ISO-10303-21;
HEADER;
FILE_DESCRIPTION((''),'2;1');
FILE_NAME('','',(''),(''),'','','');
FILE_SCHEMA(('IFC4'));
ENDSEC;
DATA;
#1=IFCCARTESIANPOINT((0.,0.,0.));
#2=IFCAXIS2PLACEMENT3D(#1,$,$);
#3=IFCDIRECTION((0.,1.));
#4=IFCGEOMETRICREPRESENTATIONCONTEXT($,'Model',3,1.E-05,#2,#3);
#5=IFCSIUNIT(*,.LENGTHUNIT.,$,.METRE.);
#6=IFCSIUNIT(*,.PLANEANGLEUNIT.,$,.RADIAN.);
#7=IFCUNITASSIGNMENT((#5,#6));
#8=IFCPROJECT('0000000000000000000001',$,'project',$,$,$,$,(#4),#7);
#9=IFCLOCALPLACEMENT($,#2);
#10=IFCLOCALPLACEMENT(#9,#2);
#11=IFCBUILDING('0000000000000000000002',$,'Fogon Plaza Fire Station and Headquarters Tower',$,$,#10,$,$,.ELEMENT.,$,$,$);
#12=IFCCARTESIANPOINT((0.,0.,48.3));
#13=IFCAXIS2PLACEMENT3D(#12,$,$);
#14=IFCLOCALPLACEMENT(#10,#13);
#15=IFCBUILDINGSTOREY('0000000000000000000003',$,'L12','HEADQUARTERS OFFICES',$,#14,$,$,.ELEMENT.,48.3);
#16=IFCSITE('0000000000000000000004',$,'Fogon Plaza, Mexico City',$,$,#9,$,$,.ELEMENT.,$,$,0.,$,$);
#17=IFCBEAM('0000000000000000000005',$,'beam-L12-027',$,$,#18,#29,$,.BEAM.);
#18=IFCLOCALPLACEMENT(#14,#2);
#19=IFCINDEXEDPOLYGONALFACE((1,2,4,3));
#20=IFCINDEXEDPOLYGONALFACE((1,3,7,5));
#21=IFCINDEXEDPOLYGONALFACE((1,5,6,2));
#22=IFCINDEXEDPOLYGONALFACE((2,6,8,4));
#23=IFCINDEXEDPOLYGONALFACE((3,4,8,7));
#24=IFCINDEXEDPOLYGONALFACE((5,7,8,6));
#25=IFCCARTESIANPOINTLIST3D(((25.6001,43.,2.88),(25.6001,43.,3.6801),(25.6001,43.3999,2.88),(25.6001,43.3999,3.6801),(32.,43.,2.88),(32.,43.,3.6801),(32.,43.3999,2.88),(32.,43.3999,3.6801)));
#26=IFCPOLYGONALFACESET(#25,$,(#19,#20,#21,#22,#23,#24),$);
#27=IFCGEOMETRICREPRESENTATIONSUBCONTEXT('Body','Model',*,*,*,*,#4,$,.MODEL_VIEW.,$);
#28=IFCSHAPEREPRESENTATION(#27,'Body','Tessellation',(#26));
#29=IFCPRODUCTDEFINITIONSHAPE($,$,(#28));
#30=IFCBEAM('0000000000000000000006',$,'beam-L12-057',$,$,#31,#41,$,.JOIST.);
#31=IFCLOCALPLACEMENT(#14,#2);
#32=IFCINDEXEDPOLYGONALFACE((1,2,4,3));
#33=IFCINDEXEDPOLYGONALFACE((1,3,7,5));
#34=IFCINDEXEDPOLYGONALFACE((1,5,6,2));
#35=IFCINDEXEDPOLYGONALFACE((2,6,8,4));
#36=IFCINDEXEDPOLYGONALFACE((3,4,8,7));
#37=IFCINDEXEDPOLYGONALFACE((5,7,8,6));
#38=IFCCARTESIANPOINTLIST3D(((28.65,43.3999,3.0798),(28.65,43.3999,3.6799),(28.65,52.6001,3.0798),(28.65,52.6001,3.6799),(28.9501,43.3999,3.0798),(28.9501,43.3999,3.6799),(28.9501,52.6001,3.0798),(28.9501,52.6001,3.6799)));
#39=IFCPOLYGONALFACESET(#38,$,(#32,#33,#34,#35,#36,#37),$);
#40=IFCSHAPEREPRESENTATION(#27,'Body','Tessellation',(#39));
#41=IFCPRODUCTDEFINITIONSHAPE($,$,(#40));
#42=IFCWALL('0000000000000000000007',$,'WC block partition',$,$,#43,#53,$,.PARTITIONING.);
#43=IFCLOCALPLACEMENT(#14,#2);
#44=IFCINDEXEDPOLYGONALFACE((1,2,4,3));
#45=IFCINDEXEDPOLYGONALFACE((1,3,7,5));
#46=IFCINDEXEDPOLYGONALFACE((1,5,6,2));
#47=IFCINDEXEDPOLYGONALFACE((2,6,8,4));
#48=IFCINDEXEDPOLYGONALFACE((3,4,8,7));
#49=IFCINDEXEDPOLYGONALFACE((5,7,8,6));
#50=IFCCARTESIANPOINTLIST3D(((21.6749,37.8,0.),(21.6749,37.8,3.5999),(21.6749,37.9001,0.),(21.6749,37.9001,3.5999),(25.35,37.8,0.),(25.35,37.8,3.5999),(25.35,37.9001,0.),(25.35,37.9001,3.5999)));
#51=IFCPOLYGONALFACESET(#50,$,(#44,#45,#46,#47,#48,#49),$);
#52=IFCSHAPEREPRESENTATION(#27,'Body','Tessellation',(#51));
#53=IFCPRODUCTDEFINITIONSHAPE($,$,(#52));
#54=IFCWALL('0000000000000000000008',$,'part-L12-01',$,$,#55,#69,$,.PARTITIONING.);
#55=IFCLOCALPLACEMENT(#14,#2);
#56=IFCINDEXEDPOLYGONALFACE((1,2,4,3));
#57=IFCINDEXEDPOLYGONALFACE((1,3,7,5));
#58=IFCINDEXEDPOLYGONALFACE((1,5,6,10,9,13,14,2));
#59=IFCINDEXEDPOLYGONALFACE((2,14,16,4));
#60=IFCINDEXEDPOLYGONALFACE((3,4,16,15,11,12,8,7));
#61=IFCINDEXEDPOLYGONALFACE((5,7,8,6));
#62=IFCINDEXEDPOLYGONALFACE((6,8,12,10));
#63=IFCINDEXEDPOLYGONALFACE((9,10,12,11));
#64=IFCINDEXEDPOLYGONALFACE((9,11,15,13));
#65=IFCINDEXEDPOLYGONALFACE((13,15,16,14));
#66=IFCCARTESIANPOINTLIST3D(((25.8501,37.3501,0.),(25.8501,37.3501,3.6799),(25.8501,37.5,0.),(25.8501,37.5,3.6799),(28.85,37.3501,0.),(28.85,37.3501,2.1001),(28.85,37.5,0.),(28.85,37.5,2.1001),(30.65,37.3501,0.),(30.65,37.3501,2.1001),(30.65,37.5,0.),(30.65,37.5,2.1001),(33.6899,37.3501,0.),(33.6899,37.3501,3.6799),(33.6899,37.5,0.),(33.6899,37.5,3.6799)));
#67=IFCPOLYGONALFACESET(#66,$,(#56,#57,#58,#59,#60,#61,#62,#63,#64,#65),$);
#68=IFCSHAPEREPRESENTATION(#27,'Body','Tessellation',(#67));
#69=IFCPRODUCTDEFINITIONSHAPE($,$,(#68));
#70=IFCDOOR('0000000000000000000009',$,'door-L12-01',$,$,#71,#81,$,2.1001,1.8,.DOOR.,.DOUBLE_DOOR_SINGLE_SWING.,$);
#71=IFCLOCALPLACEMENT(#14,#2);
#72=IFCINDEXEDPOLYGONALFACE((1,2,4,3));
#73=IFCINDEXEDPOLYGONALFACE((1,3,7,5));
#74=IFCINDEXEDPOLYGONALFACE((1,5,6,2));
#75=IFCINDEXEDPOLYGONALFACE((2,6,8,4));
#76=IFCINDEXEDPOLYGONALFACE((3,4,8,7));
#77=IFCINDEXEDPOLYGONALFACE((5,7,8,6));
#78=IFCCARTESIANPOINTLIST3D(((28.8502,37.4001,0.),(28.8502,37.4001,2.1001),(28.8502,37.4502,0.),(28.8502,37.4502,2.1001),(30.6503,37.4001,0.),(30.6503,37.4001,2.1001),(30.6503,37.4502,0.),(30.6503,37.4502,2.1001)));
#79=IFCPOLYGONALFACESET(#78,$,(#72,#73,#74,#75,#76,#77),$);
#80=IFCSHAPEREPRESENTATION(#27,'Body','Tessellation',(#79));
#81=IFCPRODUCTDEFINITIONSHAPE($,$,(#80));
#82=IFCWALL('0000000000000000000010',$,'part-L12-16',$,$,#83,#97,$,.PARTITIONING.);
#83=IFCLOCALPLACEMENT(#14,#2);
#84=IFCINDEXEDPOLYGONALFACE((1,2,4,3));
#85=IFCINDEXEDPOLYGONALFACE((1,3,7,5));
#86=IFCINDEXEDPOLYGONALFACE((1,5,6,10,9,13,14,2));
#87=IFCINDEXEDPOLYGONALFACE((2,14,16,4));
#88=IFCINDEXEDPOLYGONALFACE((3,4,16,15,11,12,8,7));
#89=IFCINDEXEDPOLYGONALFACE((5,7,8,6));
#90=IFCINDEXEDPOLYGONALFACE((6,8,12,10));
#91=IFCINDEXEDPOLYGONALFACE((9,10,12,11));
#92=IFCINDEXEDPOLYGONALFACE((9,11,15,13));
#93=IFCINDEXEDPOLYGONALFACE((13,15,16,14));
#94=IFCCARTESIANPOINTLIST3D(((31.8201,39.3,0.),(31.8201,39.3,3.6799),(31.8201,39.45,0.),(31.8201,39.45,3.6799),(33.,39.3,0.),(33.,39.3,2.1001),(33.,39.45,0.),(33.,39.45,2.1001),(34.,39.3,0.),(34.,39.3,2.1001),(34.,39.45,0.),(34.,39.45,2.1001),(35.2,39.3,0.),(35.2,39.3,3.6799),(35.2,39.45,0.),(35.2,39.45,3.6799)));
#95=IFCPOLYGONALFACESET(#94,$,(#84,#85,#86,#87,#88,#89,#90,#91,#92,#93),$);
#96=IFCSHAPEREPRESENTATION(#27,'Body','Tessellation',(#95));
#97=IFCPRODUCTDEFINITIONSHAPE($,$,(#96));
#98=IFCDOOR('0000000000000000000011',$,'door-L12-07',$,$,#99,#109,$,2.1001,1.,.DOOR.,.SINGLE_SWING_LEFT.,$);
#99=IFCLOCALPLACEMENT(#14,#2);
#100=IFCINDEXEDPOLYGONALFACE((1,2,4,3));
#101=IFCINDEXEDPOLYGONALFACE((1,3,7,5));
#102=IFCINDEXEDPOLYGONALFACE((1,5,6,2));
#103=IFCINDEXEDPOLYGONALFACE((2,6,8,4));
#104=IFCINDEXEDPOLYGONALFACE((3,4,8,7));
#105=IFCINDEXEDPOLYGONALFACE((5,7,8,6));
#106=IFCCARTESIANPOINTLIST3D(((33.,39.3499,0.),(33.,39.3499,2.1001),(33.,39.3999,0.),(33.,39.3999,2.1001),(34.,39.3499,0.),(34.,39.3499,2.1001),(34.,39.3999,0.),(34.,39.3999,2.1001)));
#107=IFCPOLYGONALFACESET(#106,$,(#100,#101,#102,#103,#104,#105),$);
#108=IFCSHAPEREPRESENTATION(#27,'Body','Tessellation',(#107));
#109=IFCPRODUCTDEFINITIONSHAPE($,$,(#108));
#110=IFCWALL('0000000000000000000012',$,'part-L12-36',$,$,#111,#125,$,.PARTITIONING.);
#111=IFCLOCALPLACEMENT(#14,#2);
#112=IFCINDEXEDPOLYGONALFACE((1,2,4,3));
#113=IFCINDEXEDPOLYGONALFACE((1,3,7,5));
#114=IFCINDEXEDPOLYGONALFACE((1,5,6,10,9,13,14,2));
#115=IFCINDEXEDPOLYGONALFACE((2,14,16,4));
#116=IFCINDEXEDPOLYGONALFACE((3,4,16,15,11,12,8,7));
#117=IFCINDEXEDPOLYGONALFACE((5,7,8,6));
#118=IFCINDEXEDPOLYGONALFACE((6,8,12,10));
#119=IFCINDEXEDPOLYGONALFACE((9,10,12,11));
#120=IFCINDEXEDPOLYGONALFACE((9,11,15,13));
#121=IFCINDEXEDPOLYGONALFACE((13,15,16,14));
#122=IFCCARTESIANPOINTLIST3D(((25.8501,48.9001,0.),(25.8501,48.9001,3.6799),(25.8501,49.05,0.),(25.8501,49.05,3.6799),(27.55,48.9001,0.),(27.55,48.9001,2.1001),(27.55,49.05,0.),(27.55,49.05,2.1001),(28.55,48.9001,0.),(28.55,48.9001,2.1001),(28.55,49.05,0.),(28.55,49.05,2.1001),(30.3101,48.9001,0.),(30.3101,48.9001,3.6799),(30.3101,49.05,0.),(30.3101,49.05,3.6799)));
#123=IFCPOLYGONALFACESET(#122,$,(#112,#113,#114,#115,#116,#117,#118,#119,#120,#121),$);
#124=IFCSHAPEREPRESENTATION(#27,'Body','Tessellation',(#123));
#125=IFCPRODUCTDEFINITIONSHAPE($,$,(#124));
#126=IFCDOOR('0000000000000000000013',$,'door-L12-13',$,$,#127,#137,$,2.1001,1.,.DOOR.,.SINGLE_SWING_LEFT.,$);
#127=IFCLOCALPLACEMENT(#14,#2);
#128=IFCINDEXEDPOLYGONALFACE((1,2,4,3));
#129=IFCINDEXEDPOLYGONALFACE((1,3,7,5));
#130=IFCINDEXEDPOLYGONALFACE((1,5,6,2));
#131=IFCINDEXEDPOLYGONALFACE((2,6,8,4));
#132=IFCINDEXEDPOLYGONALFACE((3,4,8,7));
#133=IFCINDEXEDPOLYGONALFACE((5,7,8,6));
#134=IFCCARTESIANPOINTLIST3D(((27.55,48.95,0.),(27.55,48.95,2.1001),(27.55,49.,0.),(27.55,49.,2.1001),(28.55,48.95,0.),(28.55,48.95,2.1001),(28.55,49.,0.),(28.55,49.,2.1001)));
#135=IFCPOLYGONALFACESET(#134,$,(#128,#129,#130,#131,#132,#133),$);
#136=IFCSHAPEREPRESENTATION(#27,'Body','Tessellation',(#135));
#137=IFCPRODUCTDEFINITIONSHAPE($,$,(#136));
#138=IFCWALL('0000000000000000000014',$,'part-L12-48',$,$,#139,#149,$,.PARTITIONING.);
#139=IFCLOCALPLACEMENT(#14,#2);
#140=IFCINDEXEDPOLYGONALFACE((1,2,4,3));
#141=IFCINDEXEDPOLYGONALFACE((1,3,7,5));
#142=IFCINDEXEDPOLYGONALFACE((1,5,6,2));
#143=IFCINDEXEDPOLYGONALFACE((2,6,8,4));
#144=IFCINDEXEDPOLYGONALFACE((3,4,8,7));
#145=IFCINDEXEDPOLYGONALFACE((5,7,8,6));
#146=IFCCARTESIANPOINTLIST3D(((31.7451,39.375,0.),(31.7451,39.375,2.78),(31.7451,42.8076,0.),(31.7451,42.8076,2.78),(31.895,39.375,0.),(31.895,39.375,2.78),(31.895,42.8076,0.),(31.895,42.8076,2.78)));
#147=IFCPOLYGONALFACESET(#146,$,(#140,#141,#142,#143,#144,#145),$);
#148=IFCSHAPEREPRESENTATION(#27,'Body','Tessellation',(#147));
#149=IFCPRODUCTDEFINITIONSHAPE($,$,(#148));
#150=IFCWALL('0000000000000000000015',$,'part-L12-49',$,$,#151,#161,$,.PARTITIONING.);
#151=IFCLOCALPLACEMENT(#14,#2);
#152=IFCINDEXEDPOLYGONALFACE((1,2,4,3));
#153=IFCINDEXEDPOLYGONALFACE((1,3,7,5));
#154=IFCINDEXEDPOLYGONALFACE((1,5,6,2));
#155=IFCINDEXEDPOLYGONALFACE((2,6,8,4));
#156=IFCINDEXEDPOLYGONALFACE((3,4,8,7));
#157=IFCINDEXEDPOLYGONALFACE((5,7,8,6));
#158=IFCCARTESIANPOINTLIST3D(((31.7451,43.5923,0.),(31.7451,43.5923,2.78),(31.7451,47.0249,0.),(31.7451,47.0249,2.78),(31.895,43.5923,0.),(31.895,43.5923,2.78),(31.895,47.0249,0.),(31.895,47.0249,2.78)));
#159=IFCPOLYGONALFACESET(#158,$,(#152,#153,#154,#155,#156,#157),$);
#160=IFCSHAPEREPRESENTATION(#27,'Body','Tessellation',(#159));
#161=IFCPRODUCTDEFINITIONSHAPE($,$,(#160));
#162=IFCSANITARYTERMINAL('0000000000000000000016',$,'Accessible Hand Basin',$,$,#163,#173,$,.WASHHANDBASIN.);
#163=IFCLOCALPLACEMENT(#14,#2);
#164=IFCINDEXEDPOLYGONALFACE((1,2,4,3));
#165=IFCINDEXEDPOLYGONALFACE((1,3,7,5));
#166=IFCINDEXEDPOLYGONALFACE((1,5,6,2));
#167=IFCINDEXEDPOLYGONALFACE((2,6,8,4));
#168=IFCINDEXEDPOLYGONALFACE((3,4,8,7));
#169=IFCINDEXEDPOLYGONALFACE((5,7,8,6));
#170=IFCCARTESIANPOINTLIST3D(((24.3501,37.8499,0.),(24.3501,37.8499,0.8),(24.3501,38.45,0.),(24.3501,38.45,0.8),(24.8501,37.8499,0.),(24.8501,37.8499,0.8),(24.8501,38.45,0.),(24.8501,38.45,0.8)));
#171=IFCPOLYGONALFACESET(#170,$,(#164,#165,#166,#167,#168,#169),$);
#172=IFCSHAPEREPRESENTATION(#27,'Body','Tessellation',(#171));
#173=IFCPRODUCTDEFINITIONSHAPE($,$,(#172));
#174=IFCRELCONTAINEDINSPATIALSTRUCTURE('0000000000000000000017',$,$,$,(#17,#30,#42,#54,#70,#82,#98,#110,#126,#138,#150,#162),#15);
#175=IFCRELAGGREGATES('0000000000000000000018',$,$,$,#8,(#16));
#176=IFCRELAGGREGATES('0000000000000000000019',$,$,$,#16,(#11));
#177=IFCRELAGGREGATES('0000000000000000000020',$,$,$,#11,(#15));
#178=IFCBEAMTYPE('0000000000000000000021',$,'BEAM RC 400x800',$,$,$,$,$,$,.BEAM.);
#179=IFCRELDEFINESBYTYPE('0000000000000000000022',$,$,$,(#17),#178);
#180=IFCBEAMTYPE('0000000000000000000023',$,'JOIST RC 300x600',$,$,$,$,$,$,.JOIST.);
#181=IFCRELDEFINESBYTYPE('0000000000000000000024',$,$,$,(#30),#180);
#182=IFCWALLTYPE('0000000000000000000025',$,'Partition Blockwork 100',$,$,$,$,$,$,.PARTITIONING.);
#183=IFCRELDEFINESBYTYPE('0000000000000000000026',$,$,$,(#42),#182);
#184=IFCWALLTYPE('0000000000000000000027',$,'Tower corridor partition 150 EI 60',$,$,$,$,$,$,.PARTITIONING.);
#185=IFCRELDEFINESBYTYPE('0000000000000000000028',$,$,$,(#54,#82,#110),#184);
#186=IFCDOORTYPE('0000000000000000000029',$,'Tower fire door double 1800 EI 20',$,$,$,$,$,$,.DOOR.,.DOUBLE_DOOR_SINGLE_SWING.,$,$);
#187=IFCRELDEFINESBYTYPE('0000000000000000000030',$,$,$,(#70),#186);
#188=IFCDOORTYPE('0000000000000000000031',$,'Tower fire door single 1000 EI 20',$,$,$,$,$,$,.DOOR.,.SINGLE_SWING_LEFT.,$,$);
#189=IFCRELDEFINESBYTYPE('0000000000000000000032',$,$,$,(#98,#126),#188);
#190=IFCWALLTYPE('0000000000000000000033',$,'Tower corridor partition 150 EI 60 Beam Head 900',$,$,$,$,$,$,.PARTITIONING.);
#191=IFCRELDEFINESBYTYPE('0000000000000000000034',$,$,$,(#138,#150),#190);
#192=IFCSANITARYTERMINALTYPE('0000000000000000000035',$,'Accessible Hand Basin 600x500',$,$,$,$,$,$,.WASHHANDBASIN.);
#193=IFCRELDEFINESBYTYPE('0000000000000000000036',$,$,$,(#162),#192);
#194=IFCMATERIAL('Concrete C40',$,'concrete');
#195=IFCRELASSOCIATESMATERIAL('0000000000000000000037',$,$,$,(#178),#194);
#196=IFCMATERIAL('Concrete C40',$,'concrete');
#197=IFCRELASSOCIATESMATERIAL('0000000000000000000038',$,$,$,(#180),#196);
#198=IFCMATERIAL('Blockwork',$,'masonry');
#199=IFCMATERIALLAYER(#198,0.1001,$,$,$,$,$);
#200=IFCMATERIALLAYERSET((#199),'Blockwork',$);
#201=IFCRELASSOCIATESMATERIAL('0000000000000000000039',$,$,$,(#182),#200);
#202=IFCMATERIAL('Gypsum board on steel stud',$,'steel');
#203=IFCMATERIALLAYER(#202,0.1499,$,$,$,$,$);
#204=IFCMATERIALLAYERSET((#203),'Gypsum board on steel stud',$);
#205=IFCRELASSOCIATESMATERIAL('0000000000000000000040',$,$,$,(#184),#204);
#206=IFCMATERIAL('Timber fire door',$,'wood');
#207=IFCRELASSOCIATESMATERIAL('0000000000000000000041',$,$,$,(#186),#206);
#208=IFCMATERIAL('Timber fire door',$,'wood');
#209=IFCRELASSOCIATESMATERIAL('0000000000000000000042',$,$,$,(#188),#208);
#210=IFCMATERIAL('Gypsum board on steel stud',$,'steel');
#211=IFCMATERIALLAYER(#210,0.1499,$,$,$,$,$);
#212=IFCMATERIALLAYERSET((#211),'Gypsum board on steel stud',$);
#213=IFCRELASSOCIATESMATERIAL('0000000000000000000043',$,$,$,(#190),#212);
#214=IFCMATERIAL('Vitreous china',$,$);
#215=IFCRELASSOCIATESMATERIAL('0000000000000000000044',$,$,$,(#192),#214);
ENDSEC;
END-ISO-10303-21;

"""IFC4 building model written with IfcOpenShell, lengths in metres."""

from ifc_helpers import new_model, si_unit, direction, frame, frame_2d, origin, origin_2d, place, context, subcontext, project, spatial, rectangle, extrude, material, layer, layer_set, material_profile, profile_set, type_object, element, fill, save


model = new_model("IFC4")

# Units and contexts
model_context = context("Model", 3, precision=1e-05, world=origin(), true_north=direction((0.0, 1.0)))
body_context = subcontext(model_context, "Body", "Model", "MODEL_VIEW")
ifc_project = project(units=[si_unit("LENGTHUNIT", "METRE"), si_unit("PLANEANGLEUNIT", "RADIAN")], contexts=[model_context])

# Site, building, storey
site_placement = place(None, origin())
site = spatial("IfcSite", under=ifc_project, at=site_placement, Name="Fogon Plaza, Mexico City", CompositionType="ELEMENT", RefElevation=0.0)
building_placement = place(site_placement, origin())
building = spatial("IfcBuilding", under=site, at=building_placement, Name="Fogon Plaza Fire Station and Headquarters Tower", CompositionType="ELEMENT")
storey_placement = place(building_placement, frame((0.0, 0.0, 48.3)))
storey = spatial("IfcBuildingStorey", under=building, at=storey_placement, Name="L12", Description="HEADQUARTERS OFFICES", CompositionType="ELEMENT", Elevation=48.3)

# Beams
ifc_material_1 = material(Name="Concrete C40", Category="concrete")
ifc_material_profile_1 = material_profile(ifc_material_1, rectangle(XDim=0.3999, YDim=0.8, at=origin_2d()), Name="RC 400x800")
ifc_profile_set_1 = profile_set([ifc_material_profile_1], Name="Concrete C40")
beam_type_1 = type_object("IfcBeamType", Name="BEAM RC 400x800", PredefinedType="BEAM", material=ifc_profile_set_1)
beam_1_placement = place(storey_placement, frame((25.6001, 43.2, 3.28), z_axis=(1.0, 0.0, 0.0), x_axis=(0.0, 1.0, 0.0)))
element("IfcBeam", 1, at=beam_1_placement, inside=storey, type_object=beam_type_1, Name="beam-L12-027", PredefinedType="BEAM", context=body_context, shape_type="SweptSolid", body=[
    extrude(rectangle(XDim=0.3999, YDim=0.8, at=origin_2d()), origin(), (0.0, 0.0, 1.0), 6.3999),
])
ifc_material_2 = material(Name="Concrete C40", Category="concrete")
ifc_material_profile_2 = material_profile(ifc_material_2, rectangle(XDim=0.3, YDim=0.6001, at=origin_2d()), Name="RC 300x600")
ifc_profile_set_2 = profile_set([ifc_material_profile_2], Name="Concrete C40")
beam_type_2 = type_object("IfcBeamType", Name="JOIST RC 300x600", PredefinedType="JOIST", material=ifc_profile_set_2)
beam_2_placement = place(storey_placement, frame((28.8, 43.3999, 3.3799), z_axis=(0.0, 1.0, 0.0), x_axis=(-1.0, 0.0, 0.0)))
element("IfcBeam", 2, at=beam_2_placement, inside=storey, type_object=beam_type_2, Name="beam-L12-057", PredefinedType="JOIST", context=body_context, shape_type="SweptSolid", body=[
    extrude(rectangle(XDim=0.3, YDim=0.6001, at=origin_2d()), origin(), (0.0, 0.0, 1.0), 9.2002),
])

# Wall
ifc_material_3 = material(Name="Blockwork", Category="masonry")
ifc_layer_1 = layer(ifc_material_3, 0.1001)
ifc_layer_set_1 = layer_set([ifc_layer_1], Name="Blockwork")
wall_type_1 = type_object("IfcWallType", Name="Partition Blockwork 100", PredefinedType="PARTITIONING", material=ifc_layer_set_1)
wall_1_placement = place(storey_placement, frame((21.675, 37.8501, 0.0), z_axis=(0.0, 0.0, 1.0), x_axis=(1.0, 0.0, 0.0)))
element("IfcWall", 3, at=wall_1_placement, inside=storey, type_object=wall_type_1, Name="WC block partition", PredefinedType="PARTITIONING", context=body_context, shape_type="SweptSolid", body=[
    extrude(rectangle(XDim=3.675, YDim=0.1001, at=frame_2d((1.8374, 0.0))), origin(), (0.0, 0.0, 1.0), 3.5999),
])

# Walls, openings, doors
ifc_material_4 = material(Name="Gypsum board on steel stud", Category="steel")
ifc_layer_2 = layer(ifc_material_4, 0.1499)
ifc_layer_set_2 = layer_set([ifc_layer_2], Name="Gypsum board on steel stud")
wall_type_2 = type_object("IfcWallType", Name="Tower corridor partition 150 EI 60", PredefinedType="PARTITIONING", material=ifc_layer_set_2)
wall_2_placement = place(storey_placement, frame((25.8501, 37.425, 0.0), z_axis=(0.0, 0.0, 1.0), x_axis=(1.0, 0.0, 0.0)))
wall_2 = element("IfcWall", 4, at=wall_2_placement, inside=storey, type_object=wall_type_2, Name="part-L12-01", PredefinedType="PARTITIONING", context=body_context, shape_type="SweptSolid", body=[
    extrude(rectangle(XDim=7.8398, YDim=0.1499, at=frame_2d((3.9199, 0.0))), origin(), (0.0, 0.0, 1.0), 3.6799),
])
opening_1_placement = place(wall_2_placement, frame((3.0, 0.0, 0.0)))
opening_1 = element("IfcOpeningElement", 5, at=opening_1_placement, cuts=wall_2, PredefinedType="OPENING", context=body_context, shape_type="SweptSolid", body=[
    extrude(rectangle(XDim=1.8, YDim=2.1001, at=frame_2d((0.8999, 1.05))), frame((0.0, 0.085, 0.0), z_axis=(0.0, -1.0, 0.0), x_axis=(1.0, 0.0, 0.0)), (0.0, 0.0, 1.0), 0.1699),
])
ifc_material_5 = material(Name="Timber fire door", Category="wood")
door_type_1 = type_object("IfcDoorType", Name="Tower fire door double 1800 EI 20", OperationType="DOUBLE_DOOR_SINGLE_SWING", PredefinedType="DOOR", material=ifc_material_5)
door_1_placement = place(opening_1_placement, frame((1.8, 0.0, 0.0), z_axis=(0.0, 0.0, 1.0), x_axis=(-1.0, 0.0, 0.0)))
door_1 = element("IfcDoor", 6, at=door_1_placement, inside=storey, type_object=door_type_1, Name="door-L12-01", OperationType="DOUBLE_DOOR_SINGLE_SWING", OverallHeight=2.1001, OverallWidth=1.8, PredefinedType="DOOR", context=body_context, shape_type="SweptSolid", body=[
    extrude(rectangle(XDim=1.8, YDim=2.1001, at=frame_2d((0.8999, 1.05))), frame((0.0, 0.0249, 0.0), z_axis=(0.0, -1.0, 0.0), x_axis=(1.0, 0.0, 0.0)), (0.0, 0.0, 1.0), 0.05),
])
fill(opening_1, door_1)
wall_3_placement = place(storey_placement, frame((31.8201, 39.375, 0.0), z_axis=(0.0, 0.0, 1.0), x_axis=(1.0, 0.0, 0.0)))
wall_3 = element("IfcWall", 7, at=wall_3_placement, inside=storey, type_object=wall_type_2, Name="part-L12-16", PredefinedType="PARTITIONING", context=body_context, shape_type="SweptSolid", body=[
    extrude(rectangle(XDim=3.3799, YDim=0.1499, at=frame_2d((1.6899, 0.0))), origin(), (0.0, 0.0, 1.0), 3.6799),
])
opening_2_placement = place(wall_3_placement, frame((1.1799, 0.0, 0.0)))
opening_2 = element("IfcOpeningElement", 8, at=opening_2_placement, cuts=wall_3, PredefinedType="OPENING", context=body_context, shape_type="SweptSolid", body=[
    extrude(rectangle(XDim=1.0, YDim=2.1001, at=frame_2d((0.5, 1.05))), frame((0.0, 0.085, 0.0), z_axis=(0.0, -1.0, 0.0), x_axis=(1.0, 0.0, 0.0)), (0.0, 0.0, 1.0), 0.1699),
])
ifc_material_6 = material(Name="Timber fire door", Category="wood")
door_type_2 = type_object("IfcDoorType", Name="Tower fire door single 1000 EI 20", OperationType="SINGLE_SWING_LEFT", PredefinedType="DOOR", material=ifc_material_6)
door_2_placement = place(opening_2_placement, origin())
door_2 = element("IfcDoor", 9, at=door_2_placement, inside=storey, type_object=door_type_2, Name="door-L12-07", OperationType="SINGLE_SWING_LEFT", OverallHeight=2.1001, OverallWidth=1.0, PredefinedType="DOOR", context=body_context, shape_type="SweptSolid", body=[
    extrude(rectangle(XDim=1.0, YDim=2.1001, at=frame_2d((0.5, 1.05))), frame((0.0, 0.0249, 0.0), z_axis=(0.0, -1.0, 0.0), x_axis=(1.0, 0.0, 0.0)), (0.0, 0.0, 1.0), 0.05),
])
fill(opening_2, door_2)
wall_4_placement = place(storey_placement, frame((25.8501, 48.9751, 0.0), z_axis=(0.0, 0.0, 1.0), x_axis=(1.0, 0.0, 0.0)))
wall_4 = element("IfcWall", 10, at=wall_4_placement, inside=storey, type_object=wall_type_2, Name="part-L12-36", PredefinedType="PARTITIONING", context=body_context, shape_type="SweptSolid", body=[
    extrude(rectangle(XDim=4.46, YDim=0.1499, at=frame_2d((2.23, 0.0))), origin(), (0.0, 0.0, 1.0), 3.6799),
])
opening_3_placement = place(wall_4_placement, frame((1.7, 0.0, 0.0)))
opening_3 = element("IfcOpeningElement", 11, at=opening_3_placement, cuts=wall_4, PredefinedType="OPENING", context=body_context, shape_type="SweptSolid", body=[
    extrude(rectangle(XDim=1.0, YDim=2.1001, at=frame_2d((0.5, 1.05))), frame((0.0, 0.085, 0.0), z_axis=(0.0, -1.0, 0.0), x_axis=(1.0, 0.0, 0.0)), (0.0, 0.0, 1.0), 0.1699),
])
door_3_placement = place(opening_3_placement, origin())
door_3 = element("IfcDoor", 12, at=door_3_placement, inside=storey, type_object=door_type_2, Name="door-L12-13", OperationType="SINGLE_SWING_LEFT", OverallHeight=2.1001, OverallWidth=1.0, PredefinedType="DOOR", context=body_context, shape_type="SweptSolid", body=[
    extrude(rectangle(XDim=1.0, YDim=2.1001, at=frame_2d((0.5, 1.05))), frame((0.0, 0.0249, 0.0), z_axis=(0.0, -1.0, 0.0), x_axis=(1.0, 0.0, 0.0)), (0.0, 0.0, 1.0), 0.05),
])
fill(opening_3, door_3)

# Walls
ifc_material_7 = material(Name="Gypsum board on steel stud", Category="steel")
ifc_layer_3 = layer(ifc_material_7, 0.1499)
ifc_layer_set_3 = layer_set([ifc_layer_3], Name="Gypsum board on steel stud")
wall_type_3 = type_object("IfcWallType", Name="Tower corridor partition 150 EI 60 Beam Head 900", PredefinedType="PARTITIONING", material=ifc_layer_set_3)
for number, where, z_axis, x_axis, name in (
    (13, (31.8201, 39.375, 0.0), (0.0, 0.0, 1.0), (0.0, 1.0, 0.0), "part-L12-48"),
    (14, (31.8201, 43.5923, 0.0), (0.0, 0.0, 1.0), (0.0, 1.0, 0.0), "part-L12-49"),
):
    element("IfcWall", number, at=place(storey_placement, frame(where, z_axis=z_axis, x_axis=x_axis)), inside=storey, type_object=wall_type_3, Name=name, PredefinedType="PARTITIONING", context=body_context, shape_type="SweptSolid", body=[
        extrude(rectangle(XDim=3.4326, YDim=0.1499, at=frame_2d((1.7163, 0.0))), origin(), (0.0, 0.0, 1.0), 2.78),
    ])

# Sanitary terminal
ifc_material_8 = material(Name="Vitreous china")
sanitary_terminal_type_1 = type_object("IfcSanitaryTerminalType", Name="Accessible Hand Basin 600x500", PredefinedType="WASHHANDBASIN", material=ifc_material_8)
sanitary_terminal_1_placement = place(storey_placement, frame((24.6001, 38.1499, 0.0), z_axis=(0.0, 0.0, 1.0), x_axis=(1.0, 0.0, 0.0)))
element("IfcSanitaryTerminal", 15, at=sanitary_terminal_1_placement, inside=storey, type_object=sanitary_terminal_type_1, Name="Accessible Hand Basin", PredefinedType="WASHHANDBASIN", context=body_context, shape_type="SweptSolid", body=[
    extrude(rectangle(XDim=0.5, YDim=0.6001, at=origin_2d()), origin(), (0.0, 0.0, 1.0), 0.8),
])

save(model, "model.ifc")
